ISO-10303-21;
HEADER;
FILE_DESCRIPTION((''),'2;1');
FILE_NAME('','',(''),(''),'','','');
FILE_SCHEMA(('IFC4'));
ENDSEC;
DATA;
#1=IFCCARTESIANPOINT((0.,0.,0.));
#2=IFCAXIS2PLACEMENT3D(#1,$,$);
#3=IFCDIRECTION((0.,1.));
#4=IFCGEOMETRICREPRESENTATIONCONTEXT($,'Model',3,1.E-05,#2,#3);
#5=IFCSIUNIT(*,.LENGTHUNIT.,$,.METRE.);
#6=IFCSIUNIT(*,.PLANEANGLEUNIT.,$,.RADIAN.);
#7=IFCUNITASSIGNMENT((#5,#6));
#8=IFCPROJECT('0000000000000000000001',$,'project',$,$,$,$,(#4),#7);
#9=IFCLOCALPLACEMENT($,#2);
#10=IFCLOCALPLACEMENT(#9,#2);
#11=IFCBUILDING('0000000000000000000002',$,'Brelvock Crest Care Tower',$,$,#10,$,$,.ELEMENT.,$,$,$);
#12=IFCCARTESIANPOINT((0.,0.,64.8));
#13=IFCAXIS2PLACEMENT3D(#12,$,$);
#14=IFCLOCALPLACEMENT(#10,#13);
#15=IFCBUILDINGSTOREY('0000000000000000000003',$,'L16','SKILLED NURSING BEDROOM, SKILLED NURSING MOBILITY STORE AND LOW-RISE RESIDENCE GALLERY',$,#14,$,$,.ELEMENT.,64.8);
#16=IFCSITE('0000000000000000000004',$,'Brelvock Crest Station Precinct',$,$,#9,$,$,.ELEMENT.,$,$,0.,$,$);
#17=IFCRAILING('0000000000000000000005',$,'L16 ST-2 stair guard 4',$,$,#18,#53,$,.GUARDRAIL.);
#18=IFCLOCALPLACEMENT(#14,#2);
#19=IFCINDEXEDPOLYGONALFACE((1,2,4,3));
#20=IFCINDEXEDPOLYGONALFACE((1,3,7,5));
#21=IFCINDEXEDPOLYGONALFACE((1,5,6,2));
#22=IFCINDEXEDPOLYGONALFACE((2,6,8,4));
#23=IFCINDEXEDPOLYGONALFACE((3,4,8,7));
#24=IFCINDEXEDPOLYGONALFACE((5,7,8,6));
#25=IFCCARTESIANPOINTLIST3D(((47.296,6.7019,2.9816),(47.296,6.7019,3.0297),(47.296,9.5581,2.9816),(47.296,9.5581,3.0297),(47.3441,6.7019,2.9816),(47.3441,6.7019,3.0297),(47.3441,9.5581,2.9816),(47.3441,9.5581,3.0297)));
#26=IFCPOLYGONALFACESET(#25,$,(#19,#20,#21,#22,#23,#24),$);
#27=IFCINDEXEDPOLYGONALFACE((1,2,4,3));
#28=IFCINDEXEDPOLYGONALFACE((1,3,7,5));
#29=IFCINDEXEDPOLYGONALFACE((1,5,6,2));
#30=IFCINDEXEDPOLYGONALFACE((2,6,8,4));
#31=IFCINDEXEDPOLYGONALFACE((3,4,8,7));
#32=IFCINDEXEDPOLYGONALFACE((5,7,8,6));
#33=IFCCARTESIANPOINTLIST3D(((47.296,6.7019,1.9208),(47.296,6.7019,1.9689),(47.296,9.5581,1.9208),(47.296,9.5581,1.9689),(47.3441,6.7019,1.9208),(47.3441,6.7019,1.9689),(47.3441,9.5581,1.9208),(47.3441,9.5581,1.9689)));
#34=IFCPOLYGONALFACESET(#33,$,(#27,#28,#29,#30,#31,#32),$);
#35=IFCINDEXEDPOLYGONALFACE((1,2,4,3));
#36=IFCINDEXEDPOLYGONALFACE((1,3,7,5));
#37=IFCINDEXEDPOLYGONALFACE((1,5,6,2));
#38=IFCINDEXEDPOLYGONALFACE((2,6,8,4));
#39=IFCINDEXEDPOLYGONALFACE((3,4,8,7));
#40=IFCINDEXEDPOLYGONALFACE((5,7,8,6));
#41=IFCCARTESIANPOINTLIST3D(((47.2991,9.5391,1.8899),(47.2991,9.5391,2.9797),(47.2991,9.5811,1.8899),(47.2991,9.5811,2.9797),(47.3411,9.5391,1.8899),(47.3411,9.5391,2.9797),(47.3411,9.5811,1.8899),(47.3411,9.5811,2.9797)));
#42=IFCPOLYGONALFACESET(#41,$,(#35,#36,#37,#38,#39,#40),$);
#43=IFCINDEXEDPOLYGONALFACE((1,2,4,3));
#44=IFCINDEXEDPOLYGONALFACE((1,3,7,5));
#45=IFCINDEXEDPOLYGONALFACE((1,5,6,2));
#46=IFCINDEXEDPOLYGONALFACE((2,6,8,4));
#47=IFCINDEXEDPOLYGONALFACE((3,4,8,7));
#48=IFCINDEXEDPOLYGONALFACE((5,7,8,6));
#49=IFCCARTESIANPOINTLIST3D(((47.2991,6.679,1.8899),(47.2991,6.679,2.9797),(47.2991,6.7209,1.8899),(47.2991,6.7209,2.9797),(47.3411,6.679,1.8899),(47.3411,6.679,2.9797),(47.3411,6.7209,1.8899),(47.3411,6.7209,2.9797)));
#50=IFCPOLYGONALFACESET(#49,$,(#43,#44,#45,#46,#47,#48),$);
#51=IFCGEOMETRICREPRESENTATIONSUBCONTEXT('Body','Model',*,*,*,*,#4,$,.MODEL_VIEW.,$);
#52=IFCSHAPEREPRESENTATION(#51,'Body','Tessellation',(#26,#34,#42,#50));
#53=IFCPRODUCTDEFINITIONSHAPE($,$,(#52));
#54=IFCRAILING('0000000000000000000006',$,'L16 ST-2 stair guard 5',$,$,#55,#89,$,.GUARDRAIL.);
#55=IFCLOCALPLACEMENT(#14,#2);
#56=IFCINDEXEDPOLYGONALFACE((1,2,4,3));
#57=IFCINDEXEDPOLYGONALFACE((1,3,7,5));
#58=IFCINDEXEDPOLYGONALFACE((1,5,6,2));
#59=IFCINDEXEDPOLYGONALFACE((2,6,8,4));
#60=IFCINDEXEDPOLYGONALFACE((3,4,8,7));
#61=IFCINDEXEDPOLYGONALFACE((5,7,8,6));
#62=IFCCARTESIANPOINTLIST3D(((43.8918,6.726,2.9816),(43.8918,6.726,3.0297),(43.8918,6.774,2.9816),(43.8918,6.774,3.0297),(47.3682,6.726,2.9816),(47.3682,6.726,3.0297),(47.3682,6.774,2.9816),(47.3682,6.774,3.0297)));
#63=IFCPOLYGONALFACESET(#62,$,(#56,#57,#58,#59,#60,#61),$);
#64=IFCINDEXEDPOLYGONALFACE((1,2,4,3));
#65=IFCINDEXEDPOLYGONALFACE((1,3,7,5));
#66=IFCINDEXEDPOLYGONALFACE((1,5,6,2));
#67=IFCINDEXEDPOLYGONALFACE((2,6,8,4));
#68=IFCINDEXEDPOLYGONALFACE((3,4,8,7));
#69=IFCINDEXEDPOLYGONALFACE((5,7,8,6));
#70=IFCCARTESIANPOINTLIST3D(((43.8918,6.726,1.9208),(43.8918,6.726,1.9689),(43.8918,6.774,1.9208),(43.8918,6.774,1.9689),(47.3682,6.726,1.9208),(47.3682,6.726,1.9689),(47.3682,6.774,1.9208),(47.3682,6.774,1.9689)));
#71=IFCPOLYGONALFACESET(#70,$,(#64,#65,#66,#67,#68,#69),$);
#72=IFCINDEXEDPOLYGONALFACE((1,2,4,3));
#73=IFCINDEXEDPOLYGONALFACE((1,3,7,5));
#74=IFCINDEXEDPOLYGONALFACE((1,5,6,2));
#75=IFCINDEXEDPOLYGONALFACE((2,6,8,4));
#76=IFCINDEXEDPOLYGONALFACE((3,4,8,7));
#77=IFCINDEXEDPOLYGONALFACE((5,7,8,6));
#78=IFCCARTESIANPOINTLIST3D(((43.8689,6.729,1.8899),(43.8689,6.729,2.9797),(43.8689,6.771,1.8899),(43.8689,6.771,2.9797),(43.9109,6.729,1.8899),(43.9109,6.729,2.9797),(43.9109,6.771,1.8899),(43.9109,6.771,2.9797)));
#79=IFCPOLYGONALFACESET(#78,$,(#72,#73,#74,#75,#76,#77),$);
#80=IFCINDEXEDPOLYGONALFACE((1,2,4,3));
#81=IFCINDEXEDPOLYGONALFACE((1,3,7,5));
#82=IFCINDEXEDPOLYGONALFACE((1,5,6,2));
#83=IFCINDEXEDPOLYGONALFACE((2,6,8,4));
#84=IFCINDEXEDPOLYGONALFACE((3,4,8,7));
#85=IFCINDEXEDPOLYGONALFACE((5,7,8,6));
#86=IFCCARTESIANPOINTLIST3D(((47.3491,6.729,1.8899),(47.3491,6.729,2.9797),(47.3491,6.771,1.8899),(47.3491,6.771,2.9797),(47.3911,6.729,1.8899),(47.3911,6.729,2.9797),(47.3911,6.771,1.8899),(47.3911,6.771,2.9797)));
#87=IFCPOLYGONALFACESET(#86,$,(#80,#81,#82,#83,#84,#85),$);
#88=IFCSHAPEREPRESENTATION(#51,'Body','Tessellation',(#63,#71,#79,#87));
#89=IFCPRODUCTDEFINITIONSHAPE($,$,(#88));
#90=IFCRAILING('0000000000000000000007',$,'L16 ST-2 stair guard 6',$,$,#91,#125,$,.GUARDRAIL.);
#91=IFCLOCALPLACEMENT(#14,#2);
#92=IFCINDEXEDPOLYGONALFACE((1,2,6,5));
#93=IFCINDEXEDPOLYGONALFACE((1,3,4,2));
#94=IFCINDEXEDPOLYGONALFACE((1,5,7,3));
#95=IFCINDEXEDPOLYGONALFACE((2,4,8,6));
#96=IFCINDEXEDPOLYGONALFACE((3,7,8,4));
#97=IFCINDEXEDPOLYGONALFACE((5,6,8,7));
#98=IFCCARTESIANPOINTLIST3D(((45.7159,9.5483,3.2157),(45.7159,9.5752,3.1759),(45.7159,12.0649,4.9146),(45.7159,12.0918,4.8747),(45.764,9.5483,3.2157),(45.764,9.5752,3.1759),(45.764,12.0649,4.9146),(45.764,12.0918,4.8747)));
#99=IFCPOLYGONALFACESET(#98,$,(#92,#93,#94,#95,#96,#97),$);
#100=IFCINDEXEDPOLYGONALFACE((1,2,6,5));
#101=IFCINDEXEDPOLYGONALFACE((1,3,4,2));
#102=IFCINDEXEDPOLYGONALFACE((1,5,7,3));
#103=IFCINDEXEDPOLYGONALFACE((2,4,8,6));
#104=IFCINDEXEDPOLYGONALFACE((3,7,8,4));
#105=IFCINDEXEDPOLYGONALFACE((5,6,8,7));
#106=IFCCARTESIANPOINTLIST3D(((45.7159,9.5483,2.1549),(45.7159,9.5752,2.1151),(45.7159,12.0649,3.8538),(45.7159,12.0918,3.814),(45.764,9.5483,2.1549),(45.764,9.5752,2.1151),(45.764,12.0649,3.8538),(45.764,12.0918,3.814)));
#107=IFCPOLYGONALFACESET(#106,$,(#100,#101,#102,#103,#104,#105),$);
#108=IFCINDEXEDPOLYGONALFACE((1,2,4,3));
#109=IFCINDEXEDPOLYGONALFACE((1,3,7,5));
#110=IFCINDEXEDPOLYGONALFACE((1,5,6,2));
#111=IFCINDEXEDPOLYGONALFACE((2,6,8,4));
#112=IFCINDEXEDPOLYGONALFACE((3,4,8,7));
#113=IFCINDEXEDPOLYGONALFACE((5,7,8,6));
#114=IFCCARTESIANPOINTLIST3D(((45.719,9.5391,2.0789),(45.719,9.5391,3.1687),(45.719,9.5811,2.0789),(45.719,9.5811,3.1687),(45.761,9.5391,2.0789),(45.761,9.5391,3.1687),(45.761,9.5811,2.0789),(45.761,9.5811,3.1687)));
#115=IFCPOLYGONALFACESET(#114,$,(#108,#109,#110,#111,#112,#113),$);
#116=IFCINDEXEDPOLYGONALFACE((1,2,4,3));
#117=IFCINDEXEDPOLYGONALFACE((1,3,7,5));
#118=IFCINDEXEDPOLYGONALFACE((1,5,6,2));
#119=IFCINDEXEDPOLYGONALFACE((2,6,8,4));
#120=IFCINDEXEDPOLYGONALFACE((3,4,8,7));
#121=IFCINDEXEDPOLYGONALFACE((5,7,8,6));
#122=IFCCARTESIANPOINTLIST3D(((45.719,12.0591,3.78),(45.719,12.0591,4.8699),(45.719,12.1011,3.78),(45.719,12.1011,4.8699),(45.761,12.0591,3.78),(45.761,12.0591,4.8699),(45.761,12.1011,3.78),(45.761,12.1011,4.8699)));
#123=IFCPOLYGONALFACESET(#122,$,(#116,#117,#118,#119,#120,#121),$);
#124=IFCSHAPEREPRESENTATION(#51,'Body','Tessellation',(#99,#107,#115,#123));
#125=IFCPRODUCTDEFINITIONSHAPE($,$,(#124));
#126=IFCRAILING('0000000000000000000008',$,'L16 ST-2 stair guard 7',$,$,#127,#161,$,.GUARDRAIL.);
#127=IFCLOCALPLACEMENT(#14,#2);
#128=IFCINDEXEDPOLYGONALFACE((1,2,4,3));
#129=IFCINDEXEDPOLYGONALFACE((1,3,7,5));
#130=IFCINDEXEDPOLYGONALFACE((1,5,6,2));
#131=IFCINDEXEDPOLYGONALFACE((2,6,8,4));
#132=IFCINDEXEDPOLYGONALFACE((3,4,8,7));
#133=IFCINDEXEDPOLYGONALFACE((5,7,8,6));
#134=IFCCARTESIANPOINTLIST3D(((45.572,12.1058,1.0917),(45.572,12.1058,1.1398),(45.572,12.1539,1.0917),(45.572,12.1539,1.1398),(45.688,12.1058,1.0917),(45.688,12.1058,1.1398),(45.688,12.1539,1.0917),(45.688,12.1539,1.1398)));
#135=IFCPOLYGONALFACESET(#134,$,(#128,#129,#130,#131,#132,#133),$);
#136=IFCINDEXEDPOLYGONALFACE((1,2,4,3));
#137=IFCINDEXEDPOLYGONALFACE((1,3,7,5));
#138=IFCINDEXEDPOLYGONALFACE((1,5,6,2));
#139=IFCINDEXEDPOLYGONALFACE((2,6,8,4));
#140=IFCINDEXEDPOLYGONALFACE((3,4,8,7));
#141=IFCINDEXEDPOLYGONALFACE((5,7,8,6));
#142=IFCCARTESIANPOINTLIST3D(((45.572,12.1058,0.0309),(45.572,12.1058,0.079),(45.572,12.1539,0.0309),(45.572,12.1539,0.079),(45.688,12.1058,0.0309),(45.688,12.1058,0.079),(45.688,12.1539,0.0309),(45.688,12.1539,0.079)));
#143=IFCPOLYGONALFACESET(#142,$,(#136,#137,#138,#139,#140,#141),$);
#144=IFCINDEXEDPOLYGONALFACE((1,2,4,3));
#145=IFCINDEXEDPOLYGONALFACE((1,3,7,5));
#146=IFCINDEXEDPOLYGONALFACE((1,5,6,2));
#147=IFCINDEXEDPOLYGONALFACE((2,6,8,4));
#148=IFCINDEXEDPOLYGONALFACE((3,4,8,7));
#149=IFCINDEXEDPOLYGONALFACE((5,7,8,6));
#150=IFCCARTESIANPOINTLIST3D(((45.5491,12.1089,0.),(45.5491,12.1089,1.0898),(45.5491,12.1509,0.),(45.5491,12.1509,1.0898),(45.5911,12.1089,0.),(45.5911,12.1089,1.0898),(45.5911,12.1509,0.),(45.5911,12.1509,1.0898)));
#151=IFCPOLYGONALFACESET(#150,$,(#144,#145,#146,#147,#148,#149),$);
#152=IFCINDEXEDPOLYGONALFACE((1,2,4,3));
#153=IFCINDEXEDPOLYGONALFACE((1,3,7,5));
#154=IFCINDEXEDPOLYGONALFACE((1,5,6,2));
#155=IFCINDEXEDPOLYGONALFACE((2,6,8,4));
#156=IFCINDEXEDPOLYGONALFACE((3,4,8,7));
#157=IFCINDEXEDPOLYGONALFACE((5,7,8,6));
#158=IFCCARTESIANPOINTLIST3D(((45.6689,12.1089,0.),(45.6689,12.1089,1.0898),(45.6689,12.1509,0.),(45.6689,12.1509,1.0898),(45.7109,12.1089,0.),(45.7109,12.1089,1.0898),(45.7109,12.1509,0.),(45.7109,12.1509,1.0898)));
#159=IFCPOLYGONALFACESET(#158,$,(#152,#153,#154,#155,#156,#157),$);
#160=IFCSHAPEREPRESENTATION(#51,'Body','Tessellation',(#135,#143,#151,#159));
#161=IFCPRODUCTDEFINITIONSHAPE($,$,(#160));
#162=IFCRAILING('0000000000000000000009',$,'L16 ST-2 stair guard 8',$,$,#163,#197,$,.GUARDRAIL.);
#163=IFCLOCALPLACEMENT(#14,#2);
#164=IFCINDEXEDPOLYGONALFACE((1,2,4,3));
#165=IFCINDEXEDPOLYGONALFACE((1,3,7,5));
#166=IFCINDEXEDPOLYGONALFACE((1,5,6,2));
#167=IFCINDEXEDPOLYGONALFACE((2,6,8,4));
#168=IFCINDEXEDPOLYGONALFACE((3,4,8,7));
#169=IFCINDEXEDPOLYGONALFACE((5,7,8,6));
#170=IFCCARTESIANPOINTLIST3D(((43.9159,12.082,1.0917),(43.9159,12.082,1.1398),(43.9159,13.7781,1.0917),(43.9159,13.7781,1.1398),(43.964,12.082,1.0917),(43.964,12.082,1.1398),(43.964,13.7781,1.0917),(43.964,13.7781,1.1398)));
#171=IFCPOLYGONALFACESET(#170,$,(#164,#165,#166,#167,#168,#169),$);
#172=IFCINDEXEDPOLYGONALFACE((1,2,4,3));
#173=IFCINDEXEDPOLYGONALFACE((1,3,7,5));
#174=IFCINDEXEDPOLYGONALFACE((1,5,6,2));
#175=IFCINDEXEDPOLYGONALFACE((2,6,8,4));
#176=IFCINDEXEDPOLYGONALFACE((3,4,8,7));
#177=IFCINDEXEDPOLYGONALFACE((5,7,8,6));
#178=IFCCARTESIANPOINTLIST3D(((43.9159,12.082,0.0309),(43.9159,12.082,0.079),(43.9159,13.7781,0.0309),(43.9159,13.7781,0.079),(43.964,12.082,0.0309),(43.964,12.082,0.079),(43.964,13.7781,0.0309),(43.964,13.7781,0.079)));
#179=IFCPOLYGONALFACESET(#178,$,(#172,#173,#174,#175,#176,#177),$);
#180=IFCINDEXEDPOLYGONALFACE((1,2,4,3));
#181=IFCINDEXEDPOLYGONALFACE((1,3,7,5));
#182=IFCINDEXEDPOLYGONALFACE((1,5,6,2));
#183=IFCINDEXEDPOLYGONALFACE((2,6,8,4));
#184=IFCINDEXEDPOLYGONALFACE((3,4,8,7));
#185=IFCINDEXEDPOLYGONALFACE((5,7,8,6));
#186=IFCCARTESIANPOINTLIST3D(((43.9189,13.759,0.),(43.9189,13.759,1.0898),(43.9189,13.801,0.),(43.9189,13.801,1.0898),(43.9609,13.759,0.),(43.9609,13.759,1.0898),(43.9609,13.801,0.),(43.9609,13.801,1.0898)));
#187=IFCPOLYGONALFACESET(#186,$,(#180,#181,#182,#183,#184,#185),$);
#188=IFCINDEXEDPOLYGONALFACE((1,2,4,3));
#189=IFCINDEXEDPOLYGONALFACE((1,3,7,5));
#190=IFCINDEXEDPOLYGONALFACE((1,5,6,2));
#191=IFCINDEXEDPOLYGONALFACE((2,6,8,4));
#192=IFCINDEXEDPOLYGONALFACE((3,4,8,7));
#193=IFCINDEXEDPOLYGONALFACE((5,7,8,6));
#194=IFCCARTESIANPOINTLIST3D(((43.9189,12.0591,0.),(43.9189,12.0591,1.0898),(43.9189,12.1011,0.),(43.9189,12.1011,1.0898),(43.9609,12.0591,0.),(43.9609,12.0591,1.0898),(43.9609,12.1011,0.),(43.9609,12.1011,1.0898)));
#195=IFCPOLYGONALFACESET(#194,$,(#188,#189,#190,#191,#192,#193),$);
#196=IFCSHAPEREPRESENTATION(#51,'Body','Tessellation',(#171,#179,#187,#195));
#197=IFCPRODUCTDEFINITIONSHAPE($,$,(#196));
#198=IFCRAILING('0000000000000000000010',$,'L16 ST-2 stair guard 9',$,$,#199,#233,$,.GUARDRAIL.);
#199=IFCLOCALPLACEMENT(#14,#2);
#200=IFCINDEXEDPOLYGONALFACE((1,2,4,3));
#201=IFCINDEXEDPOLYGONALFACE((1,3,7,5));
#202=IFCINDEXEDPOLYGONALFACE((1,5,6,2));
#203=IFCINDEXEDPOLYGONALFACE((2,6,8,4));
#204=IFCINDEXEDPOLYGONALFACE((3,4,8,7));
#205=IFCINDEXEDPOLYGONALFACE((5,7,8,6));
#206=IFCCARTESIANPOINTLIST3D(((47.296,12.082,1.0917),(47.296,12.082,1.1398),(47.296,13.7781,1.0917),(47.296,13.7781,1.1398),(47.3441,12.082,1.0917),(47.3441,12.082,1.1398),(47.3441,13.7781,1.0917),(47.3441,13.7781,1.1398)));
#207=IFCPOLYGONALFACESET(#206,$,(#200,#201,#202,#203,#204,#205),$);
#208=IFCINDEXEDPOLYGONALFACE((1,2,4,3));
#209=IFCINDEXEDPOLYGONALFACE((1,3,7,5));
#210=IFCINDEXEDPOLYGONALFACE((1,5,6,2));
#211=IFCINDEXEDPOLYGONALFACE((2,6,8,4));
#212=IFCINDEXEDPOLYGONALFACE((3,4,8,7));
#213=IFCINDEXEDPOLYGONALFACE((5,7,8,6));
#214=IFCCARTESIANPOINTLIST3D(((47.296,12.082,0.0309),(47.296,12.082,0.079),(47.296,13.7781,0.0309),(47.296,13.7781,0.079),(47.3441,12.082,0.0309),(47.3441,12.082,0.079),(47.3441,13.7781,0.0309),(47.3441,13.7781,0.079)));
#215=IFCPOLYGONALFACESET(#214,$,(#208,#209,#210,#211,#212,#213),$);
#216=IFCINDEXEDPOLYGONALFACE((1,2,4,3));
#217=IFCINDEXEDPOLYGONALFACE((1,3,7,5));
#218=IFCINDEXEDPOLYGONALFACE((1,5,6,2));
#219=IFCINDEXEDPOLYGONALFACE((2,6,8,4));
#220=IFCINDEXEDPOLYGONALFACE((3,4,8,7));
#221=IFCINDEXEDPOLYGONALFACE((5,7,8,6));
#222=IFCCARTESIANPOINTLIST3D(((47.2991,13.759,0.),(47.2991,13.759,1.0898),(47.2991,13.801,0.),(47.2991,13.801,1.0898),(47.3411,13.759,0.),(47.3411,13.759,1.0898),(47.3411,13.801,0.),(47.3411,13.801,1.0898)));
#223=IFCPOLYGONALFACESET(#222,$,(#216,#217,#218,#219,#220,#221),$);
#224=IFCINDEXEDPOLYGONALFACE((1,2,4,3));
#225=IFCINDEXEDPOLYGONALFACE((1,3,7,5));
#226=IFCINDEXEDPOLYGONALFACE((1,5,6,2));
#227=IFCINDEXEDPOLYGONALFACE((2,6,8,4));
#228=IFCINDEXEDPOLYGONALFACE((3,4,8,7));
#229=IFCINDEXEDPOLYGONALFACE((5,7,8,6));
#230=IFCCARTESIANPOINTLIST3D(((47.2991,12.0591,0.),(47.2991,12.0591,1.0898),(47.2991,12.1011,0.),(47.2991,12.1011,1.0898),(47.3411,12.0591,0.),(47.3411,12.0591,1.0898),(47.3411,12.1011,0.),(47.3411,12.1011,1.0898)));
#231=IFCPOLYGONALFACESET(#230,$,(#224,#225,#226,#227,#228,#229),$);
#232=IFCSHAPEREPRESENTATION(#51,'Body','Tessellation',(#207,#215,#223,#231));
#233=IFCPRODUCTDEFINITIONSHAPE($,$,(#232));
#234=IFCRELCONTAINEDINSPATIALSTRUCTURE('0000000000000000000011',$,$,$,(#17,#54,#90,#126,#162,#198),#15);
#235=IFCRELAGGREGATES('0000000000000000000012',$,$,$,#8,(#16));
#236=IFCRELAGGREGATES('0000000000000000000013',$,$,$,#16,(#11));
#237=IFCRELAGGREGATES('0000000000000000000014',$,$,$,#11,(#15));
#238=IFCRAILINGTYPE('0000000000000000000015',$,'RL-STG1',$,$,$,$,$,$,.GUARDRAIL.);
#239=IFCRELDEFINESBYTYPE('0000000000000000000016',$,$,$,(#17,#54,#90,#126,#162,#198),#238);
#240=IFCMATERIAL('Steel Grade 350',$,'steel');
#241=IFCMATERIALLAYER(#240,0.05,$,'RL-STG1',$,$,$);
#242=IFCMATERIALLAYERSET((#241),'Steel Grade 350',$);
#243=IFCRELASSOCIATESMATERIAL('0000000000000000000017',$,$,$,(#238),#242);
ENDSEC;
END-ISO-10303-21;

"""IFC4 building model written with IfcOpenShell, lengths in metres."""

from ifc_helpers import new_model, si_unit, direction, frame, origin, origin_2d, place, context, subcontext, project, spatial, rectangle, extrude, material, layer, layer_set, type_object, element, save


model = new_model("IFC4")

# Units and contexts
model_context = context("Model", 3, precision=1e-05, world=origin(), true_north=direction((0.0, 1.0)))
body_context = subcontext(model_context, "Body", "Model", "MODEL_VIEW")
ifc_project = project(units=[si_unit("LENGTHUNIT", "METRE"), si_unit("PLANEANGLEUNIT", "RADIAN")], contexts=[model_context])

# Site, building, storey
site_placement = place(None, origin())
site = spatial("IfcSite", under=ifc_project, at=site_placement, Name="Brelvock Crest Station Precinct", CompositionType="ELEMENT", RefElevation=0.0)
building_placement = place(site_placement, origin())
building = spatial("IfcBuilding", under=site, at=building_placement, Name="Brelvock Crest Care Tower", CompositionType="ELEMENT")
storey_placement = place(building_placement, frame((0.0, 0.0, 64.8)))
storey = spatial("IfcBuildingStorey", under=building, at=storey_placement, Name="L16", Description="SKILLED NURSING BEDROOM, SKILLED NURSING MOBILITY STORE AND LOW-RISE RESIDENCE GALLERY", CompositionType="ELEMENT", Elevation=64.8)

# Shared definitions
ifc_material_1 = material(Name="Steel Grade 350", Category="steel")

# Railings
ifc_layer_1 = layer(ifc_material_1, 0.05, Name="RL-STG1")
ifc_layer_set_1 = layer_set([ifc_layer_1], Name="Steel Grade 350")
railing_type_1 = type_object("IfcRailingType", Name="RL-STG1", PredefinedType="GUARDRAIL", material=ifc_layer_set_1)
for number, where, name in (
    (1, (47.3201, 9.5601, 1.8899), "L16 ST-2 stair guard 4"),
):
    element("IfcRailing", number, at=place(storey_placement, frame(where)), inside=storey, type_object=railing_type_1, Name=name, PredefinedType="GUARDRAIL", context=body_context, shape_type="SweptSolid", body=[
        extrude(rectangle(XDim=0.0481, YDim=0.0481, at=origin_2d()), frame((0.0, -0.002, 1.1157), z_axis=(0.0, -1.0, 0.0), x_axis=(1.0, 0.0, 0.0)), (0.0, 0.0, 1.0), 2.8562),
        extrude(rectangle(XDim=0.0481, YDim=0.0481, at=origin_2d()), frame((0.0, -0.002, 0.0549), z_axis=(0.0, -1.0, 0.0), x_axis=(1.0, 0.0, 0.0)), (0.0, 0.0, 1.0), 2.8562),
        extrude(rectangle(XDim=0.042, YDim=0.042, at=origin_2d()), origin(), (0.0, 0.0, 1.0), 1.0898),
        extrude(rectangle(XDim=0.042, YDim=0.042, at=origin_2d()), frame((0.0, -2.8601, 0.0)), (0.0, 0.0, 1.0), 1.0898),
    ])
railing_1_placement = place(storey_placement, frame((43.8899, 6.75, 1.8899)))
element("IfcRailing", 2, at=railing_1_placement, inside=storey, type_object=railing_type_1, Name="L16 ST-2 stair guard 5", PredefinedType="GUARDRAIL", context=body_context, shape_type="SweptSolid", body=[
    extrude(rectangle(XDim=0.0481, YDim=0.0481, at=origin_2d()), frame((0.002, 0.0, 1.1157), z_axis=(1.0, 0.0, 0.0), x_axis=(0.0, 1.0, 0.0)), (0.0, 0.0, 1.0), 3.4763),
    extrude(rectangle(XDim=0.0481, YDim=0.0481, at=origin_2d()), frame((0.002, 0.0, 0.0549), z_axis=(1.0, 0.0, 0.0), x_axis=(0.0, 1.0, 0.0)), (0.0, 0.0, 1.0), 3.4763),
    extrude(rectangle(XDim=0.042, YDim=0.042, at=origin_2d()), origin(), (0.0, 0.0, 1.0), 1.0898),
    extrude(rectangle(XDim=0.042, YDim=0.042, at=origin_2d()), frame((3.4802, 0.0, 0.0)), (0.0, 0.0, 1.0), 1.0898),
])
railing_2_placement = place(storey_placement, frame((45.74, 9.5601, 2.0789)))
element("IfcRailing", 3, at=railing_2_placement, inside=storey, type_object=railing_type_1, Name="L16 ST-2 stair guard 6", PredefinedType="GUARDRAIL", context=body_context, shape_type="SweptSolid", body=[
    extrude(rectangle(XDim=0.0481, YDim=0.0481, at=origin_2d()), frame((0.0, 0.0017, 1.1169), z_axis=(0.0, 0.828824, 0.559509), x_axis=(-1.0, 0.0, 0.0)), (0.0, 0.0, 1.0), 3.0364),
    extrude(rectangle(XDim=0.0481, YDim=0.0481, at=origin_2d()), frame((0.0, 0.0017, 0.0562), z_axis=(0.0, 0.828824, 0.559509), x_axis=(-1.0, 0.0, 0.0)), (0.0, 0.0, 1.0), 3.0364),
    extrude(rectangle(XDim=0.042, YDim=0.042, at=origin_2d()), origin(), (0.0, 0.0, 1.0), 1.0898),
    extrude(rectangle(XDim=0.042, YDim=0.042, at=origin_2d()), frame((0.0, 2.52, 1.7012)), (0.0, 0.0, 1.0), 1.0898),
])
railing_3_placement = place(storey_placement, frame((45.5701, 12.1299, 0.0)))
element("IfcRailing", 4, at=railing_3_placement, inside=storey, type_object=railing_type_1, Name="L16 ST-2 stair guard 7", PredefinedType="GUARDRAIL", context=body_context, shape_type="SweptSolid", body=[
    extrude(rectangle(XDim=0.0481, YDim=0.0481, at=origin_2d()), frame((0.002, 0.0, 1.1157), z_axis=(1.0, 0.0, 0.0), x_axis=(0.0, 1.0, 0.0)), (0.0, 0.0, 1.0), 0.116),
    extrude(rectangle(XDim=0.0481, YDim=0.0481, at=origin_2d()), frame((0.002, 0.0, 0.0549), z_axis=(1.0, 0.0, 0.0), x_axis=(0.0, 1.0, 0.0)), (0.0, 0.0, 1.0), 0.116),
    extrude(rectangle(XDim=0.042, YDim=0.042, at=origin_2d()), origin(), (0.0, 0.0, 1.0), 1.0898),
    extrude(rectangle(XDim=0.042, YDim=0.042, at=origin_2d()), frame((0.1199, 0.0, 0.0)), (0.0, 0.0, 1.0), 1.0898),
])
for number, where, name in (
    (5, (43.9399, 13.78, 0.0), "L16 ST-2 stair guard 8"),
    (6, (47.3201, 13.78, 0.0), "L16 ST-2 stair guard 9"),
):
    element("IfcRailing", number, at=place(storey_placement, frame(where)), inside=storey, type_object=railing_type_1, Name=name, PredefinedType="GUARDRAIL", context=body_context, shape_type="SweptSolid", body=[
        extrude(rectangle(XDim=0.0481, YDim=0.0481, at=origin_2d()), frame((0.0, -0.002, 1.1157), z_axis=(0.0, -1.0, 0.0), x_axis=(1.0, 0.0, 0.0)), (0.0, 0.0, 1.0), 1.696),
        extrude(rectangle(XDim=0.0481, YDim=0.0481, at=origin_2d()), frame((0.0, -0.002, 0.0549), z_axis=(0.0, -1.0, 0.0), x_axis=(1.0, 0.0, 0.0)), (0.0, 0.0, 1.0), 1.696),
        extrude(rectangle(XDim=0.042, YDim=0.042, at=origin_2d()), origin(), (0.0, 0.0, 1.0), 1.0898),
        extrude(rectangle(XDim=0.042, YDim=0.042, at=origin_2d()), frame((0.0, -1.7, 0.0)), (0.0, 0.0, 1.0), 1.0898),
    ])

save(model, "model.ifc")
